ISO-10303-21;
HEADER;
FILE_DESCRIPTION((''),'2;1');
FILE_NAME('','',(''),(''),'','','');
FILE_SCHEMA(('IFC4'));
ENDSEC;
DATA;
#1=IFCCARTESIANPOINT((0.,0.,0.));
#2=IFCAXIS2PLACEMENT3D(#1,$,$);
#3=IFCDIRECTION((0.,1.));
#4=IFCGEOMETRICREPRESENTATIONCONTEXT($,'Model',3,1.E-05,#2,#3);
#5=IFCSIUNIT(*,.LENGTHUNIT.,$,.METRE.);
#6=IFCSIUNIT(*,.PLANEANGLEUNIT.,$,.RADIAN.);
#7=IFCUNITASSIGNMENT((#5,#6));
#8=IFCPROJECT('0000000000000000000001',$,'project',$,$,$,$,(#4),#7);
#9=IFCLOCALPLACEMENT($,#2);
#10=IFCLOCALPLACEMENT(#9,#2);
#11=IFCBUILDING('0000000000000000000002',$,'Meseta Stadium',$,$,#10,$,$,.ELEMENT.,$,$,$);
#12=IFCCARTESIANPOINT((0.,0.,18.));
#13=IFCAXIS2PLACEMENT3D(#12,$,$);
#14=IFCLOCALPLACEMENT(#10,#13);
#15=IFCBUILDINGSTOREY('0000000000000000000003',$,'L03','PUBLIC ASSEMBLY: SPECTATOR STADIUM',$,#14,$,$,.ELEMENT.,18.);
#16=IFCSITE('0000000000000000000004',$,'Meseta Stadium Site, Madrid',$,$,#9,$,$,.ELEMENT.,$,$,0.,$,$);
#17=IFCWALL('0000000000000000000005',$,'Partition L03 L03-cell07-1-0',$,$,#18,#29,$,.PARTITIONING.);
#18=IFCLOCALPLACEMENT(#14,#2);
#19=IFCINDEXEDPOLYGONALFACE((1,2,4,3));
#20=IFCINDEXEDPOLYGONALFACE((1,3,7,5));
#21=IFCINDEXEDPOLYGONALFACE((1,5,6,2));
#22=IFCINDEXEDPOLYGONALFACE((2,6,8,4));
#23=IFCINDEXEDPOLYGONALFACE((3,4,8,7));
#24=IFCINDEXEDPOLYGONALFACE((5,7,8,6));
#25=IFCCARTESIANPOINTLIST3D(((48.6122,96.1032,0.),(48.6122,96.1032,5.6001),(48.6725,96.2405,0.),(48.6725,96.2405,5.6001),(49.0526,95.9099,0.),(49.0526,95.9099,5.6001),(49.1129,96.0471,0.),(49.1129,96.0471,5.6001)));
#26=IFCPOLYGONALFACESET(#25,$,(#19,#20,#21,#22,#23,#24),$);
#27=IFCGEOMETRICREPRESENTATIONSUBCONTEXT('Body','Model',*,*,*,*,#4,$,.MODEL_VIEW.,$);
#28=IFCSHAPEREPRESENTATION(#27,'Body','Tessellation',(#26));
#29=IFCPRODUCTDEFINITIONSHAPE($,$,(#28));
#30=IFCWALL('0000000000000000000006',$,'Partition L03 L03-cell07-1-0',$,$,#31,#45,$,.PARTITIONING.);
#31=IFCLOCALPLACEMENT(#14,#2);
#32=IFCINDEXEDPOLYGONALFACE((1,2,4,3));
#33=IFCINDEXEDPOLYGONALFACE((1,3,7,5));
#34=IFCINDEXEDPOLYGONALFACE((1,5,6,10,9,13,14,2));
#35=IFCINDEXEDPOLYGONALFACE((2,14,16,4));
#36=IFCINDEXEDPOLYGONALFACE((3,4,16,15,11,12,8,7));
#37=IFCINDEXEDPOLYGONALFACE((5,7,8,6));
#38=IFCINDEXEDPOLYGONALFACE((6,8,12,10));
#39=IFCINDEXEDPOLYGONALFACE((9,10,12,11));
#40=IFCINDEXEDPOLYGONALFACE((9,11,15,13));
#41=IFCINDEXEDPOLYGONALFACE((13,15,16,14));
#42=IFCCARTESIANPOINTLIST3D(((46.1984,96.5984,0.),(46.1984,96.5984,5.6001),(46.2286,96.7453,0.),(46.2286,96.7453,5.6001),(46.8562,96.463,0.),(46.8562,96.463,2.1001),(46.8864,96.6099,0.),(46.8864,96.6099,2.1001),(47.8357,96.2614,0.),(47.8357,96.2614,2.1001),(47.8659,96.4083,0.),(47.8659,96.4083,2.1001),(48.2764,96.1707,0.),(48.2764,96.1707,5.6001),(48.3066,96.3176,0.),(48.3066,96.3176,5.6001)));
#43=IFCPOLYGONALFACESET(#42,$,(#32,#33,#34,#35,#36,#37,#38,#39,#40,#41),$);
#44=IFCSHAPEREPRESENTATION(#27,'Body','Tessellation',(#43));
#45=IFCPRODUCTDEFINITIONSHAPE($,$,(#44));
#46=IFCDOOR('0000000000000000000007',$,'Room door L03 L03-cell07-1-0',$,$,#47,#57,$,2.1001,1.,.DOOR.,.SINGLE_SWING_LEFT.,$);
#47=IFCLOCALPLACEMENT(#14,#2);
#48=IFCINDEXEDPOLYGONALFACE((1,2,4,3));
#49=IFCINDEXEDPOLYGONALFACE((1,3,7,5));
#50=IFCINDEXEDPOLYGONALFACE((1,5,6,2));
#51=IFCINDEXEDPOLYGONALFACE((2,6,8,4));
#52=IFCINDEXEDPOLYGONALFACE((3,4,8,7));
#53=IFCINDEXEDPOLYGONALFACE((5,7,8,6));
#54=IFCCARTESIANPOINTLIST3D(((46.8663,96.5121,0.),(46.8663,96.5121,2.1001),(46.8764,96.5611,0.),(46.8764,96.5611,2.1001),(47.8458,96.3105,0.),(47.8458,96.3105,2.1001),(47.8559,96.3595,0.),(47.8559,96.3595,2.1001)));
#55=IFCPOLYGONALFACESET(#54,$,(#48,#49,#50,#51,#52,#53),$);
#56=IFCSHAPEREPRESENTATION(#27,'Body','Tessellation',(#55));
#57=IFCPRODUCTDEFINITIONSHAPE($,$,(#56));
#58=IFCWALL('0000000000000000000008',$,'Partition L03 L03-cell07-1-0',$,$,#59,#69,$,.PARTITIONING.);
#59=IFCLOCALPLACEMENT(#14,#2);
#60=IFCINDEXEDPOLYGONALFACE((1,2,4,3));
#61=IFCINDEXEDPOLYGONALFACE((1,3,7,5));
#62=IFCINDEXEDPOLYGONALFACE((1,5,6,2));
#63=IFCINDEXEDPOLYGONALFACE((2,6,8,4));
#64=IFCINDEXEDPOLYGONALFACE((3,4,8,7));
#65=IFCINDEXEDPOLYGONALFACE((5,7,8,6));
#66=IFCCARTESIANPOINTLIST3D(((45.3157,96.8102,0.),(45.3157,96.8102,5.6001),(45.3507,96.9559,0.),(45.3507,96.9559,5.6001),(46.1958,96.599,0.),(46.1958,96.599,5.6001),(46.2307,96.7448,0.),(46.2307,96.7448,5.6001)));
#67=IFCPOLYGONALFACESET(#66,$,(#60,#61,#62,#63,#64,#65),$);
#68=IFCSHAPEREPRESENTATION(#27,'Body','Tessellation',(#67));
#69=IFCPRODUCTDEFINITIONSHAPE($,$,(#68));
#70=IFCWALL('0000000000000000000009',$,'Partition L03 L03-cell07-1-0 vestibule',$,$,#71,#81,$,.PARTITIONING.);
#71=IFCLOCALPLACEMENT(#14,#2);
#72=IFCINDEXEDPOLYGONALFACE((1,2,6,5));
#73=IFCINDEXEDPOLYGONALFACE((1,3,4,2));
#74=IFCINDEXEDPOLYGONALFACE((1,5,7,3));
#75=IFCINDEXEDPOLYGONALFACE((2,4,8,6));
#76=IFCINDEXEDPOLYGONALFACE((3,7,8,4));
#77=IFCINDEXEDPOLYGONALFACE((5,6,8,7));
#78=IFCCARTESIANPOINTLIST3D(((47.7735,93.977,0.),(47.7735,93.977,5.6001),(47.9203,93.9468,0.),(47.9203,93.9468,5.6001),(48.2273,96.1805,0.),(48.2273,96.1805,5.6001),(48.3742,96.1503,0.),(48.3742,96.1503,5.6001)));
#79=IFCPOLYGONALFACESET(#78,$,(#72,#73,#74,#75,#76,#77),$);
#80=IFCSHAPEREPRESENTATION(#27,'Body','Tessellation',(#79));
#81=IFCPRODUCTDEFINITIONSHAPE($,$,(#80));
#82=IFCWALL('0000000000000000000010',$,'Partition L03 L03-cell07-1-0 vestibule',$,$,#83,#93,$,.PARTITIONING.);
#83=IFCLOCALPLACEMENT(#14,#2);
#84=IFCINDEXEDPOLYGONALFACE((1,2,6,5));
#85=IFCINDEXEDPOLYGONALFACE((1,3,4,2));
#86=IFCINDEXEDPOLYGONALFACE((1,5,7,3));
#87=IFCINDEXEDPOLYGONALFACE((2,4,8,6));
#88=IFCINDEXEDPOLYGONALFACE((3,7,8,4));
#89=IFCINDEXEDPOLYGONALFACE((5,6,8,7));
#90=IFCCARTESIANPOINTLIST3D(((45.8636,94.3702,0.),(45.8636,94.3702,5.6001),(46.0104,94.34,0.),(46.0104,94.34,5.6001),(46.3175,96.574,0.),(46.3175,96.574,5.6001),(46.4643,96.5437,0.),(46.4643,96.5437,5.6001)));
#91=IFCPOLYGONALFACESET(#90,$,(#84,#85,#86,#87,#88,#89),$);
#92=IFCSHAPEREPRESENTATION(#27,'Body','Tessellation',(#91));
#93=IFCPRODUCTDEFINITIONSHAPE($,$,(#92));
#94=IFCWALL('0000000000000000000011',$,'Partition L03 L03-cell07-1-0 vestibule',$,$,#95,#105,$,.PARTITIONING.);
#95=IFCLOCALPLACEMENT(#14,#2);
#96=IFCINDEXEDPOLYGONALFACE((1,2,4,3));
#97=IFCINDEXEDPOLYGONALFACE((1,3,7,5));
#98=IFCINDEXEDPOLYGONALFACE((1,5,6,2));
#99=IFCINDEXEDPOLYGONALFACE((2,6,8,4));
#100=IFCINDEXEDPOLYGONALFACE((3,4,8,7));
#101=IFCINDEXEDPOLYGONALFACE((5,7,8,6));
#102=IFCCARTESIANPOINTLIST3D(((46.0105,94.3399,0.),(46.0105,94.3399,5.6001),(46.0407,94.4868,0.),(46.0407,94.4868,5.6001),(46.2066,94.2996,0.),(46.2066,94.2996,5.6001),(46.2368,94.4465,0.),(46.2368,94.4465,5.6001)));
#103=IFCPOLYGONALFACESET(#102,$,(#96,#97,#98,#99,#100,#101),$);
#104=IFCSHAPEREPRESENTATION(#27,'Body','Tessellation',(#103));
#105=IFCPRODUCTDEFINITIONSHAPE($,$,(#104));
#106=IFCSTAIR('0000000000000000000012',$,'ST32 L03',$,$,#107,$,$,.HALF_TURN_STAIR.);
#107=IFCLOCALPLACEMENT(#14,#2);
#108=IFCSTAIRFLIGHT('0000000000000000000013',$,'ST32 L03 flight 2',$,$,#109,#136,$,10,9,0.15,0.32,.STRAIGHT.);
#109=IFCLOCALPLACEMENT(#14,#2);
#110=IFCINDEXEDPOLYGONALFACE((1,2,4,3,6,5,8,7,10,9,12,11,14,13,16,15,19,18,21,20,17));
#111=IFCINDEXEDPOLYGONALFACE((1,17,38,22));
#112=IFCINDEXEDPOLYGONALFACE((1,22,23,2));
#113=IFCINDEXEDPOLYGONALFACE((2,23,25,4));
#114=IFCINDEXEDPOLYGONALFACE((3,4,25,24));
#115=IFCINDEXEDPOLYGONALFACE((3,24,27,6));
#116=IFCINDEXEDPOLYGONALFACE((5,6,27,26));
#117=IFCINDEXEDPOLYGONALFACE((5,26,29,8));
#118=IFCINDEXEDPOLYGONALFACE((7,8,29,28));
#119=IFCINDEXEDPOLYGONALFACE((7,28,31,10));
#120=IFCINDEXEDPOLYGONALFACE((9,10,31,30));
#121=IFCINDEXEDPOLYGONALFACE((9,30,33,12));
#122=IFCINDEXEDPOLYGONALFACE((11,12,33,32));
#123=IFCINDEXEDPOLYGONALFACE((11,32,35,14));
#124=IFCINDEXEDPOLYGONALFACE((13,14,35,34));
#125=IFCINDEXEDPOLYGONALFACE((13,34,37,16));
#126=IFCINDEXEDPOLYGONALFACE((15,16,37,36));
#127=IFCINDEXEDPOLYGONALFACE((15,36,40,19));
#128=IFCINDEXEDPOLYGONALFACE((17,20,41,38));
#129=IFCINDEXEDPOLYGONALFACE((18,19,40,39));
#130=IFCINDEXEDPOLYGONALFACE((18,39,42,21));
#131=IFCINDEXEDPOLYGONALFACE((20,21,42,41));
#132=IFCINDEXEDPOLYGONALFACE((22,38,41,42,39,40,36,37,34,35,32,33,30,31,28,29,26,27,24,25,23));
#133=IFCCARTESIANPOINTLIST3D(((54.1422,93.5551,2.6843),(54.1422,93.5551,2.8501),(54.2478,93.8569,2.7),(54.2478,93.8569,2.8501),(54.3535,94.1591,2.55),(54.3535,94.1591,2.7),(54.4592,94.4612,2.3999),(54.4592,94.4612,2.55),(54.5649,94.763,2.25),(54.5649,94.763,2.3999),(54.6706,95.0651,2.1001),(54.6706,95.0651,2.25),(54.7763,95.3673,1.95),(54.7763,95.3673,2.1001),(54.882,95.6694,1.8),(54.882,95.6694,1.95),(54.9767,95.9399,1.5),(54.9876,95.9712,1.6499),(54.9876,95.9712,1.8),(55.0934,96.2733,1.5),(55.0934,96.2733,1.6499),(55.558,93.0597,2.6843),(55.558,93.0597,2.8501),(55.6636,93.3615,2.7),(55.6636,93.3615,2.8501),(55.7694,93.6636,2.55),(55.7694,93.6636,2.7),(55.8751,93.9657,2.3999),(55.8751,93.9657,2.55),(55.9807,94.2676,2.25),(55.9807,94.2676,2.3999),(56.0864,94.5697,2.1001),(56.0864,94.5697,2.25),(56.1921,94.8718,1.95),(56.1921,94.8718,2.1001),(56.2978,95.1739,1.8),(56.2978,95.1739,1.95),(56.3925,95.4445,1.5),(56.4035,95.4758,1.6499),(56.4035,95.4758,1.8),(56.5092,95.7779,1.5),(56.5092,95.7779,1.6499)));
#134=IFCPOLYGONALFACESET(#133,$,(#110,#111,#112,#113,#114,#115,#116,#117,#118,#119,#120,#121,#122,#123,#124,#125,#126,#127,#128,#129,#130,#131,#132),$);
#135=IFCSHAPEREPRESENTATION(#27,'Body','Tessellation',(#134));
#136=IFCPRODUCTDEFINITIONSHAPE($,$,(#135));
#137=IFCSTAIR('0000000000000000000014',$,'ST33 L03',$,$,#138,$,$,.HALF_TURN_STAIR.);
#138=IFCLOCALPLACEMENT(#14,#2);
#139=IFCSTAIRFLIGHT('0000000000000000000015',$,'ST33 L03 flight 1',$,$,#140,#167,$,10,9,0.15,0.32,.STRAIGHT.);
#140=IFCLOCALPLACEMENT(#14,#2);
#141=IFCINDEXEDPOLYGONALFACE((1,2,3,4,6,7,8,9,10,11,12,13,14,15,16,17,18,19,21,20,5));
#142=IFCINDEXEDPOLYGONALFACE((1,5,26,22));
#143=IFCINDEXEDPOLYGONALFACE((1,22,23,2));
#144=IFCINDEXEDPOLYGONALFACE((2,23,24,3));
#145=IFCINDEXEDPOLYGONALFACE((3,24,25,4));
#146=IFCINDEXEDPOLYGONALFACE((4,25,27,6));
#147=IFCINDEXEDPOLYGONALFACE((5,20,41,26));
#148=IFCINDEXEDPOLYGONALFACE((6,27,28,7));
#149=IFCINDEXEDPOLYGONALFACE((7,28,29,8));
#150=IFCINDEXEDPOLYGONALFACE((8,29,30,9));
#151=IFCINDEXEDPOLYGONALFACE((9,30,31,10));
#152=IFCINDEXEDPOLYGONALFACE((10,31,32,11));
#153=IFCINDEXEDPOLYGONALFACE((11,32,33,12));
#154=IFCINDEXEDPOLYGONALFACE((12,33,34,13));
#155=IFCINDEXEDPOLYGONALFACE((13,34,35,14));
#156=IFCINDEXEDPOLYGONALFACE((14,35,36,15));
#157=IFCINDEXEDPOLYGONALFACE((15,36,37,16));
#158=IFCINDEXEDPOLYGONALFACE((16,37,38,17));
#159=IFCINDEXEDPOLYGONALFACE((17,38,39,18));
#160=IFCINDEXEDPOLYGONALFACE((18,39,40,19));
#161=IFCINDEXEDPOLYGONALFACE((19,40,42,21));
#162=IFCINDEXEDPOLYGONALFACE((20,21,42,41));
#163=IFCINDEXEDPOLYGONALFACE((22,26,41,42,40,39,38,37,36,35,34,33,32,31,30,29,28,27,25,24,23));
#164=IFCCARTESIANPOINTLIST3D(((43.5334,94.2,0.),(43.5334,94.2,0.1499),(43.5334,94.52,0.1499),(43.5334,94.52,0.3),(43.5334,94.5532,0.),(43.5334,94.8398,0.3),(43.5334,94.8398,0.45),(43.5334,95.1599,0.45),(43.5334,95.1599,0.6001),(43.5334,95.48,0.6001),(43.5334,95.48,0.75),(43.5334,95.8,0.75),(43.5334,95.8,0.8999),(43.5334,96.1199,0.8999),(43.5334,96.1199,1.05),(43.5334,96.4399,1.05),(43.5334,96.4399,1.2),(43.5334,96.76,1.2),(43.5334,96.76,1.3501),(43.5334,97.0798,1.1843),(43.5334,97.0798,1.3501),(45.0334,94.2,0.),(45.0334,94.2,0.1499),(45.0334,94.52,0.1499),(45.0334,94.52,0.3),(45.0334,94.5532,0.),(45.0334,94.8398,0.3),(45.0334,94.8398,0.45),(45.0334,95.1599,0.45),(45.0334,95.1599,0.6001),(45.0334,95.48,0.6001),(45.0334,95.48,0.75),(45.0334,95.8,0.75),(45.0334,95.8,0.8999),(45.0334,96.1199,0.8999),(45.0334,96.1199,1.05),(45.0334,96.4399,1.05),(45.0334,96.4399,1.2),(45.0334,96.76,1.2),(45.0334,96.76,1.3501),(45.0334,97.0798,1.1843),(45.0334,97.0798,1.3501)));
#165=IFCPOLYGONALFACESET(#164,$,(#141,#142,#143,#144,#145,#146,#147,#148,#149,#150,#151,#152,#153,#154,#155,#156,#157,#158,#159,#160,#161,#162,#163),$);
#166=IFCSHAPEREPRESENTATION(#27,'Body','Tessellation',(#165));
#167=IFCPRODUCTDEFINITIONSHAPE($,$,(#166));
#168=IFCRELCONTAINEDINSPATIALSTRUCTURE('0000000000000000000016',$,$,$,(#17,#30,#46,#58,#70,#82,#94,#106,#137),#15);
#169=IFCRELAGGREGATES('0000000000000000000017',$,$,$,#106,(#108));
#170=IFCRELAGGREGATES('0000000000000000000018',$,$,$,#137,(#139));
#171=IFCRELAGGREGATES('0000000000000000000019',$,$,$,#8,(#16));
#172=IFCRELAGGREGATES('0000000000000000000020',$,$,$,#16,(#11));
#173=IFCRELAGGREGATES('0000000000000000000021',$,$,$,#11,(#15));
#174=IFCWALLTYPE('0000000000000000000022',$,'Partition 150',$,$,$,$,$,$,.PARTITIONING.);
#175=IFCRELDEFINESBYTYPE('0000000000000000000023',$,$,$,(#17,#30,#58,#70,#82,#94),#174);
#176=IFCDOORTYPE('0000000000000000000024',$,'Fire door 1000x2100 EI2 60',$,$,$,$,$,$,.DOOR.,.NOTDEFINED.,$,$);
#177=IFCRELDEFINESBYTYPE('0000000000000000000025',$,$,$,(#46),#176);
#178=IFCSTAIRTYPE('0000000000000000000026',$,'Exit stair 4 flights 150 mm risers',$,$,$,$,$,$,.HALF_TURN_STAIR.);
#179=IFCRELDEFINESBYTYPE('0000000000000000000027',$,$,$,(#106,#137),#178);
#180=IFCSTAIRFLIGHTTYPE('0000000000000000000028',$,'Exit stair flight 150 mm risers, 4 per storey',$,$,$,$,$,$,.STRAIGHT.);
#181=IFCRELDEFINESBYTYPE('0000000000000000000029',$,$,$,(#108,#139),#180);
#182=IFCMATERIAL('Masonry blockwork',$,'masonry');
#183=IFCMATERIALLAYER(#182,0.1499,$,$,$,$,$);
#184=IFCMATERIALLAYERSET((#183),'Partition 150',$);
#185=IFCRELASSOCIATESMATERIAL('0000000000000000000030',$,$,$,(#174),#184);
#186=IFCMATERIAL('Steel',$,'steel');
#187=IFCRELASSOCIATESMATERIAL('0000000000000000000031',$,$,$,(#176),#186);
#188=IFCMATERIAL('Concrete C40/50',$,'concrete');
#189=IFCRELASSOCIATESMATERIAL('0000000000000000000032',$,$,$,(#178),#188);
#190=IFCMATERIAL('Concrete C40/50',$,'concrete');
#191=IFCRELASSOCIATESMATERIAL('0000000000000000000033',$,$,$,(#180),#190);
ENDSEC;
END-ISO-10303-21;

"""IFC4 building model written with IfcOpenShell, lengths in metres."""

from ifc_helpers import new_model, si_unit, direction, frame, frame_2d, origin, place, context, subcontext, project, spatial, polyline, rectangle, outline, extrude, material, layer, layer_set, type_object, element, fill, aggregate, save


model = new_model("IFC4")

# Units and contexts
model_context = context("Model", 3, precision=1e-05, world=origin(), true_north=direction((0.0, 1.0)))
body_context = subcontext(model_context, "Body", "Model", "MODEL_VIEW")
ifc_project = project(units=[si_unit("LENGTHUNIT", "METRE"), si_unit("PLANEANGLEUNIT", "RADIAN")], contexts=[model_context])

# Site, building, storey
site_placement = place(None, origin())
site = spatial("IfcSite", under=ifc_project, at=site_placement, Name="Meseta Stadium Site, Madrid", CompositionType="ELEMENT", RefElevation=0.0)
building_placement = place(site_placement, origin())
building = spatial("IfcBuilding", under=site, at=building_placement, Name="Meseta Stadium", CompositionType="ELEMENT")
storey_placement = place(building_placement, frame((0.0, 0.0, 18.0)))
storey = spatial("IfcBuildingStorey", under=building, at=storey_placement, Name="L03", Description="PUBLIC ASSEMBLY: SPECTATOR STADIUM", CompositionType="ELEMENT", Elevation=18.0)

# Wall
ifc_material_1 = material(Name="Masonry blockwork", Category="masonry")
ifc_layer = layer(ifc_material_1, 0.1499)
ifc_layer_set = layer_set([ifc_layer], Name="Partition 150")
wall_type = type_object("IfcWallType", Name="Partition 150", PredefinedType="PARTITIONING", material=ifc_layer_set)
wall_1_placement = place(storey_placement, frame((49.0828, 95.9785, 0.0), z_axis=(0.0, 0.0, 1.0), x_axis=(-0.915644, 0.40199, 0.0)))
element("IfcWall", 1, at=wall_1_placement, inside=storey, type_object=wall_type, Name="Partition L03 L03-cell07-1-0", PredefinedType="PARTITIONING", context=body_context, shape_type="SweptSolid", body=[
    extrude(rectangle(XDim=0.481, YDim=0.1499, at=frame_2d((0.2405, 0.0))), origin(), (0.0, 0.0, 1.0), 5.6001),
])

# Wall, opening, door
wall_2_placement = place(storey_placement, frame((48.2915, 96.2441, 0.0), z_axis=(0.0, 0.0, 1.0), x_axis=(-0.979468, 0.201601, 0.0)))
wall_2 = element("IfcWall", 2, at=wall_2_placement, inside=storey, type_object=wall_type, Name="Partition L03 L03-cell07-1-0", PredefinedType="PARTITIONING", context=body_context, shape_type="SweptSolid", body=[
    extrude(rectangle(XDim=2.1216, YDim=0.1499, at=frame_2d((1.0608, 0.0))), origin(), (0.0, 0.0, 1.0), 5.6001),
])
opening_placement = place(wall_2_placement, frame((0.45, 0.0, 0.0)))
opening = element("IfcOpeningElement", 3, at=opening_placement, cuts=wall_2, PredefinedType="OPENING", context=body_context, shape_type="SweptSolid", body=[
    extrude(rectangle(XDim=1.0, YDim=2.1001, at=frame_2d((0.5, 1.05))), frame((0.0, 0.085, 0.0), z_axis=(0.0, -1.0, 0.0), x_axis=(1.0, 0.0, 0.0)), (0.0, 0.0, 1.0), 0.1699),
])
ifc_material_2 = material(Name="Steel", Category="steel")
door_type = type_object("IfcDoorType", Name="Fire door 1000x2100 EI2 60", OperationType="NOTDEFINED", PredefinedType="DOOR", material=ifc_material_2)
door_placement = place(opening_placement, origin())
door = element("IfcDoor", 4, at=door_placement, inside=storey, type_object=door_type, Name="Room door L03 L03-cell07-1-0", OperationType="SINGLE_SWING_LEFT", OverallHeight=2.1001, OverallWidth=1.0, PredefinedType="DOOR", context=body_context, shape_type="SweptSolid", body=[
    extrude(rectangle(XDim=1.0, YDim=2.1001, at=frame_2d((0.5, 1.05))), frame((0.0, 0.0249, 0.0), z_axis=(0.0, -1.0, 0.0), x_axis=(1.0, 0.0, 0.0)), (0.0, 0.0, 1.0), 0.05),
])
fill(opening, door)

# Walls
wall_3_placement = place(storey_placement, frame((46.2134, 96.6719, 0.0), z_axis=(0.0, 0.0, 1.0), x_axis=(-0.9724, 0.233322, 0.0)))
element("IfcWall", 5, at=wall_3_placement, inside=storey, type_object=wall_type, Name="Partition L03 L03-cell07-1-0", PredefinedType="PARTITIONING", context=body_context, shape_type="SweptSolid", body=[
    extrude(rectangle(XDim=0.905, YDim=0.1499, at=frame_2d((0.4526, 0.0))), origin(), (0.0, 0.0, 1.0), 5.6001),
])
wall_4_placement = place(storey_placement, frame((48.3008, 96.1655, 0.0), z_axis=(0.0, 0.0, 1.0), x_axis=(-0.201726, -0.979442, 0.0)))
element("IfcWall", 6, at=wall_4_placement, inside=storey, type_object=wall_type, Name="Partition L03 L03-cell07-1-0 vestibule", PredefinedType="PARTITIONING", context=body_context, shape_type="SweptSolid", body=[
    extrude(rectangle(XDim=2.2498, YDim=0.1499, at=frame_2d((1.125, 0.0))), origin(), (0.0, 0.0, 1.0), 5.6001),
])
wall_5_placement = place(storey_placement, frame((46.3909, 96.5588, 0.0), z_axis=(0.0, 0.0, 1.0), x_axis=(-0.201705, -0.979446, 0.0)))
element("IfcWall", 7, at=wall_5_placement, inside=storey, type_object=wall_type, Name="Partition L03 L03-cell07-1-0 vestibule", PredefinedType="PARTITIONING", context=body_context, shape_type="SweptSolid", body=[
    extrude(rectangle(XDim=2.25, YDim=0.1499, at=frame_2d((1.125, 0.0))), origin(), (0.0, 0.0, 1.0), 5.6001),
])
wall_6_placement = place(storey_placement, frame((46.2217, 94.373, 0.0), z_axis=(0.0, 0.0, 1.0), x_axis=(-0.979535, 0.201274, 0.0)))
element("IfcWall", 8, at=wall_6_placement, inside=storey, type_object=wall_type, Name="Partition L03 L03-cell07-1-0 vestibule", PredefinedType="PARTITIONING", context=body_context, shape_type="SweptSolid", body=[
    extrude(rectangle(XDim=0.2002, YDim=0.1499, at=frame_2d((0.1001, 0.0))), origin(), (0.0, 0.0, 1.0), 5.6001),
])

# Stair, stair flight
ifc_material_3 = material(Name="Concrete C40/50", Category="concrete")
stair_type = type_object("IfcStairType", Name="Exit stair 4 flights 150 mm risers", PredefinedType="HALF_TURN_STAIR", material=ifc_material_3)
stair_1_placement = place(storey_placement, origin())
stair_1 = element("IfcStair", 9, at=stair_1_placement, inside=storey, type_object=stair_type, Name="ST32 L03", PredefinedType="HALF_TURN_STAIR")
ifc_material_4 = material(Name="Concrete C40/50", Category="concrete")
stair_flight_type = type_object("IfcStairFlightType", Name="Exit stair flight 150 mm risers, 4 per storey", PredefinedType="STRAIGHT", material=ifc_material_4)
stair_flight_1_placement = place(storey_placement, frame((55.8013, 96.0256, 1.5), z_axis=(0.0, 0.0, 1.0), x_axis=(-0.330279, -0.943883, 0.0)))
stair_flight_1 = element("IfcStairFlight", 10, at=stair_flight_1_placement, type_object=stair_flight_type, Name="ST32 L03 flight 2", NumberOfRisers=10, NumberOfTreads=9, PredefinedType="STRAIGHT", RiserHeight=0.15, TreadLength=0.32, context=body_context, shape_type="SweptSolid", body=[
    extrude(outline(polyline([(0.0, 0.0), (0.0, 0.1499), (0.3201, 0.1499), (0.3201, 0.3), (0.6399, 0.3), (0.6399, 0.45), (0.96, 0.45), (0.96, 0.6001), (1.28, 0.6001), (1.28, 0.75), (1.6001, 0.75), (1.6001, 0.8999), (1.9199, 0.8999), (1.9199, 1.05), (2.24, 1.05), (2.24, 1.2), (2.5601, 1.2), (2.5601, 1.3501), (2.8799, 1.3501), (2.8799, 1.1843), (0.3533, 0.0), (0.0, 0.0)])), frame((0.0, 0.75, 0.0), z_axis=(0.0, -1.0, 0.0), x_axis=(1.0, 0.0, 0.0)), (0.0, 0.0, 1.0), 1.5),
])
aggregate(stair_1, [stair_flight_1])

# Stair, stair flight
stair_2_placement = place(storey_placement, origin())
stair_2 = element("IfcStair", 11, at=stair_2_placement, inside=storey, type_object=stair_type, Name="ST33 L03", PredefinedType="HALF_TURN_STAIR")
stair_flight_2_placement = place(storey_placement, frame((44.2834, 94.2, 0.0), z_axis=(0.0, 0.0, 1.0), x_axis=(0.0, 1.0, 0.0)))
stair_flight_2 = element("IfcStairFlight", 12, at=stair_flight_2_placement, type_object=stair_flight_type, Name="ST33 L03 flight 1", NumberOfRisers=10, NumberOfTreads=9, PredefinedType="STRAIGHT", RiserHeight=0.15, TreadLength=0.32, context=body_context, shape_type="SweptSolid", body=[
    extrude(outline(polyline([(0.0, 0.0), (0.0, 0.1499), (0.3201, 0.1499), (0.3201, 0.3), (0.6399, 0.3), (0.6399, 0.45), (0.96, 0.45), (0.96, 0.6001), (1.28, 0.6001), (1.28, 0.75), (1.6001, 0.75), (1.6001, 0.8999), (1.9199, 0.8999), (1.9199, 1.05), (2.24, 1.05), (2.24, 1.2), (2.5601, 1.2), (2.5601, 1.3501), (2.8799, 1.3501), (2.8799, 1.1843), (0.3533, 0.0), (0.0, 0.0)])), frame((0.0, 0.75, 0.0), z_axis=(0.0, -1.0, 0.0), x_axis=(1.0, 0.0, 0.0)), (0.0, 0.0, 1.0), 1.5),
])
aggregate(stair_2, [stair_flight_2])

save(model, "model.ifc")
